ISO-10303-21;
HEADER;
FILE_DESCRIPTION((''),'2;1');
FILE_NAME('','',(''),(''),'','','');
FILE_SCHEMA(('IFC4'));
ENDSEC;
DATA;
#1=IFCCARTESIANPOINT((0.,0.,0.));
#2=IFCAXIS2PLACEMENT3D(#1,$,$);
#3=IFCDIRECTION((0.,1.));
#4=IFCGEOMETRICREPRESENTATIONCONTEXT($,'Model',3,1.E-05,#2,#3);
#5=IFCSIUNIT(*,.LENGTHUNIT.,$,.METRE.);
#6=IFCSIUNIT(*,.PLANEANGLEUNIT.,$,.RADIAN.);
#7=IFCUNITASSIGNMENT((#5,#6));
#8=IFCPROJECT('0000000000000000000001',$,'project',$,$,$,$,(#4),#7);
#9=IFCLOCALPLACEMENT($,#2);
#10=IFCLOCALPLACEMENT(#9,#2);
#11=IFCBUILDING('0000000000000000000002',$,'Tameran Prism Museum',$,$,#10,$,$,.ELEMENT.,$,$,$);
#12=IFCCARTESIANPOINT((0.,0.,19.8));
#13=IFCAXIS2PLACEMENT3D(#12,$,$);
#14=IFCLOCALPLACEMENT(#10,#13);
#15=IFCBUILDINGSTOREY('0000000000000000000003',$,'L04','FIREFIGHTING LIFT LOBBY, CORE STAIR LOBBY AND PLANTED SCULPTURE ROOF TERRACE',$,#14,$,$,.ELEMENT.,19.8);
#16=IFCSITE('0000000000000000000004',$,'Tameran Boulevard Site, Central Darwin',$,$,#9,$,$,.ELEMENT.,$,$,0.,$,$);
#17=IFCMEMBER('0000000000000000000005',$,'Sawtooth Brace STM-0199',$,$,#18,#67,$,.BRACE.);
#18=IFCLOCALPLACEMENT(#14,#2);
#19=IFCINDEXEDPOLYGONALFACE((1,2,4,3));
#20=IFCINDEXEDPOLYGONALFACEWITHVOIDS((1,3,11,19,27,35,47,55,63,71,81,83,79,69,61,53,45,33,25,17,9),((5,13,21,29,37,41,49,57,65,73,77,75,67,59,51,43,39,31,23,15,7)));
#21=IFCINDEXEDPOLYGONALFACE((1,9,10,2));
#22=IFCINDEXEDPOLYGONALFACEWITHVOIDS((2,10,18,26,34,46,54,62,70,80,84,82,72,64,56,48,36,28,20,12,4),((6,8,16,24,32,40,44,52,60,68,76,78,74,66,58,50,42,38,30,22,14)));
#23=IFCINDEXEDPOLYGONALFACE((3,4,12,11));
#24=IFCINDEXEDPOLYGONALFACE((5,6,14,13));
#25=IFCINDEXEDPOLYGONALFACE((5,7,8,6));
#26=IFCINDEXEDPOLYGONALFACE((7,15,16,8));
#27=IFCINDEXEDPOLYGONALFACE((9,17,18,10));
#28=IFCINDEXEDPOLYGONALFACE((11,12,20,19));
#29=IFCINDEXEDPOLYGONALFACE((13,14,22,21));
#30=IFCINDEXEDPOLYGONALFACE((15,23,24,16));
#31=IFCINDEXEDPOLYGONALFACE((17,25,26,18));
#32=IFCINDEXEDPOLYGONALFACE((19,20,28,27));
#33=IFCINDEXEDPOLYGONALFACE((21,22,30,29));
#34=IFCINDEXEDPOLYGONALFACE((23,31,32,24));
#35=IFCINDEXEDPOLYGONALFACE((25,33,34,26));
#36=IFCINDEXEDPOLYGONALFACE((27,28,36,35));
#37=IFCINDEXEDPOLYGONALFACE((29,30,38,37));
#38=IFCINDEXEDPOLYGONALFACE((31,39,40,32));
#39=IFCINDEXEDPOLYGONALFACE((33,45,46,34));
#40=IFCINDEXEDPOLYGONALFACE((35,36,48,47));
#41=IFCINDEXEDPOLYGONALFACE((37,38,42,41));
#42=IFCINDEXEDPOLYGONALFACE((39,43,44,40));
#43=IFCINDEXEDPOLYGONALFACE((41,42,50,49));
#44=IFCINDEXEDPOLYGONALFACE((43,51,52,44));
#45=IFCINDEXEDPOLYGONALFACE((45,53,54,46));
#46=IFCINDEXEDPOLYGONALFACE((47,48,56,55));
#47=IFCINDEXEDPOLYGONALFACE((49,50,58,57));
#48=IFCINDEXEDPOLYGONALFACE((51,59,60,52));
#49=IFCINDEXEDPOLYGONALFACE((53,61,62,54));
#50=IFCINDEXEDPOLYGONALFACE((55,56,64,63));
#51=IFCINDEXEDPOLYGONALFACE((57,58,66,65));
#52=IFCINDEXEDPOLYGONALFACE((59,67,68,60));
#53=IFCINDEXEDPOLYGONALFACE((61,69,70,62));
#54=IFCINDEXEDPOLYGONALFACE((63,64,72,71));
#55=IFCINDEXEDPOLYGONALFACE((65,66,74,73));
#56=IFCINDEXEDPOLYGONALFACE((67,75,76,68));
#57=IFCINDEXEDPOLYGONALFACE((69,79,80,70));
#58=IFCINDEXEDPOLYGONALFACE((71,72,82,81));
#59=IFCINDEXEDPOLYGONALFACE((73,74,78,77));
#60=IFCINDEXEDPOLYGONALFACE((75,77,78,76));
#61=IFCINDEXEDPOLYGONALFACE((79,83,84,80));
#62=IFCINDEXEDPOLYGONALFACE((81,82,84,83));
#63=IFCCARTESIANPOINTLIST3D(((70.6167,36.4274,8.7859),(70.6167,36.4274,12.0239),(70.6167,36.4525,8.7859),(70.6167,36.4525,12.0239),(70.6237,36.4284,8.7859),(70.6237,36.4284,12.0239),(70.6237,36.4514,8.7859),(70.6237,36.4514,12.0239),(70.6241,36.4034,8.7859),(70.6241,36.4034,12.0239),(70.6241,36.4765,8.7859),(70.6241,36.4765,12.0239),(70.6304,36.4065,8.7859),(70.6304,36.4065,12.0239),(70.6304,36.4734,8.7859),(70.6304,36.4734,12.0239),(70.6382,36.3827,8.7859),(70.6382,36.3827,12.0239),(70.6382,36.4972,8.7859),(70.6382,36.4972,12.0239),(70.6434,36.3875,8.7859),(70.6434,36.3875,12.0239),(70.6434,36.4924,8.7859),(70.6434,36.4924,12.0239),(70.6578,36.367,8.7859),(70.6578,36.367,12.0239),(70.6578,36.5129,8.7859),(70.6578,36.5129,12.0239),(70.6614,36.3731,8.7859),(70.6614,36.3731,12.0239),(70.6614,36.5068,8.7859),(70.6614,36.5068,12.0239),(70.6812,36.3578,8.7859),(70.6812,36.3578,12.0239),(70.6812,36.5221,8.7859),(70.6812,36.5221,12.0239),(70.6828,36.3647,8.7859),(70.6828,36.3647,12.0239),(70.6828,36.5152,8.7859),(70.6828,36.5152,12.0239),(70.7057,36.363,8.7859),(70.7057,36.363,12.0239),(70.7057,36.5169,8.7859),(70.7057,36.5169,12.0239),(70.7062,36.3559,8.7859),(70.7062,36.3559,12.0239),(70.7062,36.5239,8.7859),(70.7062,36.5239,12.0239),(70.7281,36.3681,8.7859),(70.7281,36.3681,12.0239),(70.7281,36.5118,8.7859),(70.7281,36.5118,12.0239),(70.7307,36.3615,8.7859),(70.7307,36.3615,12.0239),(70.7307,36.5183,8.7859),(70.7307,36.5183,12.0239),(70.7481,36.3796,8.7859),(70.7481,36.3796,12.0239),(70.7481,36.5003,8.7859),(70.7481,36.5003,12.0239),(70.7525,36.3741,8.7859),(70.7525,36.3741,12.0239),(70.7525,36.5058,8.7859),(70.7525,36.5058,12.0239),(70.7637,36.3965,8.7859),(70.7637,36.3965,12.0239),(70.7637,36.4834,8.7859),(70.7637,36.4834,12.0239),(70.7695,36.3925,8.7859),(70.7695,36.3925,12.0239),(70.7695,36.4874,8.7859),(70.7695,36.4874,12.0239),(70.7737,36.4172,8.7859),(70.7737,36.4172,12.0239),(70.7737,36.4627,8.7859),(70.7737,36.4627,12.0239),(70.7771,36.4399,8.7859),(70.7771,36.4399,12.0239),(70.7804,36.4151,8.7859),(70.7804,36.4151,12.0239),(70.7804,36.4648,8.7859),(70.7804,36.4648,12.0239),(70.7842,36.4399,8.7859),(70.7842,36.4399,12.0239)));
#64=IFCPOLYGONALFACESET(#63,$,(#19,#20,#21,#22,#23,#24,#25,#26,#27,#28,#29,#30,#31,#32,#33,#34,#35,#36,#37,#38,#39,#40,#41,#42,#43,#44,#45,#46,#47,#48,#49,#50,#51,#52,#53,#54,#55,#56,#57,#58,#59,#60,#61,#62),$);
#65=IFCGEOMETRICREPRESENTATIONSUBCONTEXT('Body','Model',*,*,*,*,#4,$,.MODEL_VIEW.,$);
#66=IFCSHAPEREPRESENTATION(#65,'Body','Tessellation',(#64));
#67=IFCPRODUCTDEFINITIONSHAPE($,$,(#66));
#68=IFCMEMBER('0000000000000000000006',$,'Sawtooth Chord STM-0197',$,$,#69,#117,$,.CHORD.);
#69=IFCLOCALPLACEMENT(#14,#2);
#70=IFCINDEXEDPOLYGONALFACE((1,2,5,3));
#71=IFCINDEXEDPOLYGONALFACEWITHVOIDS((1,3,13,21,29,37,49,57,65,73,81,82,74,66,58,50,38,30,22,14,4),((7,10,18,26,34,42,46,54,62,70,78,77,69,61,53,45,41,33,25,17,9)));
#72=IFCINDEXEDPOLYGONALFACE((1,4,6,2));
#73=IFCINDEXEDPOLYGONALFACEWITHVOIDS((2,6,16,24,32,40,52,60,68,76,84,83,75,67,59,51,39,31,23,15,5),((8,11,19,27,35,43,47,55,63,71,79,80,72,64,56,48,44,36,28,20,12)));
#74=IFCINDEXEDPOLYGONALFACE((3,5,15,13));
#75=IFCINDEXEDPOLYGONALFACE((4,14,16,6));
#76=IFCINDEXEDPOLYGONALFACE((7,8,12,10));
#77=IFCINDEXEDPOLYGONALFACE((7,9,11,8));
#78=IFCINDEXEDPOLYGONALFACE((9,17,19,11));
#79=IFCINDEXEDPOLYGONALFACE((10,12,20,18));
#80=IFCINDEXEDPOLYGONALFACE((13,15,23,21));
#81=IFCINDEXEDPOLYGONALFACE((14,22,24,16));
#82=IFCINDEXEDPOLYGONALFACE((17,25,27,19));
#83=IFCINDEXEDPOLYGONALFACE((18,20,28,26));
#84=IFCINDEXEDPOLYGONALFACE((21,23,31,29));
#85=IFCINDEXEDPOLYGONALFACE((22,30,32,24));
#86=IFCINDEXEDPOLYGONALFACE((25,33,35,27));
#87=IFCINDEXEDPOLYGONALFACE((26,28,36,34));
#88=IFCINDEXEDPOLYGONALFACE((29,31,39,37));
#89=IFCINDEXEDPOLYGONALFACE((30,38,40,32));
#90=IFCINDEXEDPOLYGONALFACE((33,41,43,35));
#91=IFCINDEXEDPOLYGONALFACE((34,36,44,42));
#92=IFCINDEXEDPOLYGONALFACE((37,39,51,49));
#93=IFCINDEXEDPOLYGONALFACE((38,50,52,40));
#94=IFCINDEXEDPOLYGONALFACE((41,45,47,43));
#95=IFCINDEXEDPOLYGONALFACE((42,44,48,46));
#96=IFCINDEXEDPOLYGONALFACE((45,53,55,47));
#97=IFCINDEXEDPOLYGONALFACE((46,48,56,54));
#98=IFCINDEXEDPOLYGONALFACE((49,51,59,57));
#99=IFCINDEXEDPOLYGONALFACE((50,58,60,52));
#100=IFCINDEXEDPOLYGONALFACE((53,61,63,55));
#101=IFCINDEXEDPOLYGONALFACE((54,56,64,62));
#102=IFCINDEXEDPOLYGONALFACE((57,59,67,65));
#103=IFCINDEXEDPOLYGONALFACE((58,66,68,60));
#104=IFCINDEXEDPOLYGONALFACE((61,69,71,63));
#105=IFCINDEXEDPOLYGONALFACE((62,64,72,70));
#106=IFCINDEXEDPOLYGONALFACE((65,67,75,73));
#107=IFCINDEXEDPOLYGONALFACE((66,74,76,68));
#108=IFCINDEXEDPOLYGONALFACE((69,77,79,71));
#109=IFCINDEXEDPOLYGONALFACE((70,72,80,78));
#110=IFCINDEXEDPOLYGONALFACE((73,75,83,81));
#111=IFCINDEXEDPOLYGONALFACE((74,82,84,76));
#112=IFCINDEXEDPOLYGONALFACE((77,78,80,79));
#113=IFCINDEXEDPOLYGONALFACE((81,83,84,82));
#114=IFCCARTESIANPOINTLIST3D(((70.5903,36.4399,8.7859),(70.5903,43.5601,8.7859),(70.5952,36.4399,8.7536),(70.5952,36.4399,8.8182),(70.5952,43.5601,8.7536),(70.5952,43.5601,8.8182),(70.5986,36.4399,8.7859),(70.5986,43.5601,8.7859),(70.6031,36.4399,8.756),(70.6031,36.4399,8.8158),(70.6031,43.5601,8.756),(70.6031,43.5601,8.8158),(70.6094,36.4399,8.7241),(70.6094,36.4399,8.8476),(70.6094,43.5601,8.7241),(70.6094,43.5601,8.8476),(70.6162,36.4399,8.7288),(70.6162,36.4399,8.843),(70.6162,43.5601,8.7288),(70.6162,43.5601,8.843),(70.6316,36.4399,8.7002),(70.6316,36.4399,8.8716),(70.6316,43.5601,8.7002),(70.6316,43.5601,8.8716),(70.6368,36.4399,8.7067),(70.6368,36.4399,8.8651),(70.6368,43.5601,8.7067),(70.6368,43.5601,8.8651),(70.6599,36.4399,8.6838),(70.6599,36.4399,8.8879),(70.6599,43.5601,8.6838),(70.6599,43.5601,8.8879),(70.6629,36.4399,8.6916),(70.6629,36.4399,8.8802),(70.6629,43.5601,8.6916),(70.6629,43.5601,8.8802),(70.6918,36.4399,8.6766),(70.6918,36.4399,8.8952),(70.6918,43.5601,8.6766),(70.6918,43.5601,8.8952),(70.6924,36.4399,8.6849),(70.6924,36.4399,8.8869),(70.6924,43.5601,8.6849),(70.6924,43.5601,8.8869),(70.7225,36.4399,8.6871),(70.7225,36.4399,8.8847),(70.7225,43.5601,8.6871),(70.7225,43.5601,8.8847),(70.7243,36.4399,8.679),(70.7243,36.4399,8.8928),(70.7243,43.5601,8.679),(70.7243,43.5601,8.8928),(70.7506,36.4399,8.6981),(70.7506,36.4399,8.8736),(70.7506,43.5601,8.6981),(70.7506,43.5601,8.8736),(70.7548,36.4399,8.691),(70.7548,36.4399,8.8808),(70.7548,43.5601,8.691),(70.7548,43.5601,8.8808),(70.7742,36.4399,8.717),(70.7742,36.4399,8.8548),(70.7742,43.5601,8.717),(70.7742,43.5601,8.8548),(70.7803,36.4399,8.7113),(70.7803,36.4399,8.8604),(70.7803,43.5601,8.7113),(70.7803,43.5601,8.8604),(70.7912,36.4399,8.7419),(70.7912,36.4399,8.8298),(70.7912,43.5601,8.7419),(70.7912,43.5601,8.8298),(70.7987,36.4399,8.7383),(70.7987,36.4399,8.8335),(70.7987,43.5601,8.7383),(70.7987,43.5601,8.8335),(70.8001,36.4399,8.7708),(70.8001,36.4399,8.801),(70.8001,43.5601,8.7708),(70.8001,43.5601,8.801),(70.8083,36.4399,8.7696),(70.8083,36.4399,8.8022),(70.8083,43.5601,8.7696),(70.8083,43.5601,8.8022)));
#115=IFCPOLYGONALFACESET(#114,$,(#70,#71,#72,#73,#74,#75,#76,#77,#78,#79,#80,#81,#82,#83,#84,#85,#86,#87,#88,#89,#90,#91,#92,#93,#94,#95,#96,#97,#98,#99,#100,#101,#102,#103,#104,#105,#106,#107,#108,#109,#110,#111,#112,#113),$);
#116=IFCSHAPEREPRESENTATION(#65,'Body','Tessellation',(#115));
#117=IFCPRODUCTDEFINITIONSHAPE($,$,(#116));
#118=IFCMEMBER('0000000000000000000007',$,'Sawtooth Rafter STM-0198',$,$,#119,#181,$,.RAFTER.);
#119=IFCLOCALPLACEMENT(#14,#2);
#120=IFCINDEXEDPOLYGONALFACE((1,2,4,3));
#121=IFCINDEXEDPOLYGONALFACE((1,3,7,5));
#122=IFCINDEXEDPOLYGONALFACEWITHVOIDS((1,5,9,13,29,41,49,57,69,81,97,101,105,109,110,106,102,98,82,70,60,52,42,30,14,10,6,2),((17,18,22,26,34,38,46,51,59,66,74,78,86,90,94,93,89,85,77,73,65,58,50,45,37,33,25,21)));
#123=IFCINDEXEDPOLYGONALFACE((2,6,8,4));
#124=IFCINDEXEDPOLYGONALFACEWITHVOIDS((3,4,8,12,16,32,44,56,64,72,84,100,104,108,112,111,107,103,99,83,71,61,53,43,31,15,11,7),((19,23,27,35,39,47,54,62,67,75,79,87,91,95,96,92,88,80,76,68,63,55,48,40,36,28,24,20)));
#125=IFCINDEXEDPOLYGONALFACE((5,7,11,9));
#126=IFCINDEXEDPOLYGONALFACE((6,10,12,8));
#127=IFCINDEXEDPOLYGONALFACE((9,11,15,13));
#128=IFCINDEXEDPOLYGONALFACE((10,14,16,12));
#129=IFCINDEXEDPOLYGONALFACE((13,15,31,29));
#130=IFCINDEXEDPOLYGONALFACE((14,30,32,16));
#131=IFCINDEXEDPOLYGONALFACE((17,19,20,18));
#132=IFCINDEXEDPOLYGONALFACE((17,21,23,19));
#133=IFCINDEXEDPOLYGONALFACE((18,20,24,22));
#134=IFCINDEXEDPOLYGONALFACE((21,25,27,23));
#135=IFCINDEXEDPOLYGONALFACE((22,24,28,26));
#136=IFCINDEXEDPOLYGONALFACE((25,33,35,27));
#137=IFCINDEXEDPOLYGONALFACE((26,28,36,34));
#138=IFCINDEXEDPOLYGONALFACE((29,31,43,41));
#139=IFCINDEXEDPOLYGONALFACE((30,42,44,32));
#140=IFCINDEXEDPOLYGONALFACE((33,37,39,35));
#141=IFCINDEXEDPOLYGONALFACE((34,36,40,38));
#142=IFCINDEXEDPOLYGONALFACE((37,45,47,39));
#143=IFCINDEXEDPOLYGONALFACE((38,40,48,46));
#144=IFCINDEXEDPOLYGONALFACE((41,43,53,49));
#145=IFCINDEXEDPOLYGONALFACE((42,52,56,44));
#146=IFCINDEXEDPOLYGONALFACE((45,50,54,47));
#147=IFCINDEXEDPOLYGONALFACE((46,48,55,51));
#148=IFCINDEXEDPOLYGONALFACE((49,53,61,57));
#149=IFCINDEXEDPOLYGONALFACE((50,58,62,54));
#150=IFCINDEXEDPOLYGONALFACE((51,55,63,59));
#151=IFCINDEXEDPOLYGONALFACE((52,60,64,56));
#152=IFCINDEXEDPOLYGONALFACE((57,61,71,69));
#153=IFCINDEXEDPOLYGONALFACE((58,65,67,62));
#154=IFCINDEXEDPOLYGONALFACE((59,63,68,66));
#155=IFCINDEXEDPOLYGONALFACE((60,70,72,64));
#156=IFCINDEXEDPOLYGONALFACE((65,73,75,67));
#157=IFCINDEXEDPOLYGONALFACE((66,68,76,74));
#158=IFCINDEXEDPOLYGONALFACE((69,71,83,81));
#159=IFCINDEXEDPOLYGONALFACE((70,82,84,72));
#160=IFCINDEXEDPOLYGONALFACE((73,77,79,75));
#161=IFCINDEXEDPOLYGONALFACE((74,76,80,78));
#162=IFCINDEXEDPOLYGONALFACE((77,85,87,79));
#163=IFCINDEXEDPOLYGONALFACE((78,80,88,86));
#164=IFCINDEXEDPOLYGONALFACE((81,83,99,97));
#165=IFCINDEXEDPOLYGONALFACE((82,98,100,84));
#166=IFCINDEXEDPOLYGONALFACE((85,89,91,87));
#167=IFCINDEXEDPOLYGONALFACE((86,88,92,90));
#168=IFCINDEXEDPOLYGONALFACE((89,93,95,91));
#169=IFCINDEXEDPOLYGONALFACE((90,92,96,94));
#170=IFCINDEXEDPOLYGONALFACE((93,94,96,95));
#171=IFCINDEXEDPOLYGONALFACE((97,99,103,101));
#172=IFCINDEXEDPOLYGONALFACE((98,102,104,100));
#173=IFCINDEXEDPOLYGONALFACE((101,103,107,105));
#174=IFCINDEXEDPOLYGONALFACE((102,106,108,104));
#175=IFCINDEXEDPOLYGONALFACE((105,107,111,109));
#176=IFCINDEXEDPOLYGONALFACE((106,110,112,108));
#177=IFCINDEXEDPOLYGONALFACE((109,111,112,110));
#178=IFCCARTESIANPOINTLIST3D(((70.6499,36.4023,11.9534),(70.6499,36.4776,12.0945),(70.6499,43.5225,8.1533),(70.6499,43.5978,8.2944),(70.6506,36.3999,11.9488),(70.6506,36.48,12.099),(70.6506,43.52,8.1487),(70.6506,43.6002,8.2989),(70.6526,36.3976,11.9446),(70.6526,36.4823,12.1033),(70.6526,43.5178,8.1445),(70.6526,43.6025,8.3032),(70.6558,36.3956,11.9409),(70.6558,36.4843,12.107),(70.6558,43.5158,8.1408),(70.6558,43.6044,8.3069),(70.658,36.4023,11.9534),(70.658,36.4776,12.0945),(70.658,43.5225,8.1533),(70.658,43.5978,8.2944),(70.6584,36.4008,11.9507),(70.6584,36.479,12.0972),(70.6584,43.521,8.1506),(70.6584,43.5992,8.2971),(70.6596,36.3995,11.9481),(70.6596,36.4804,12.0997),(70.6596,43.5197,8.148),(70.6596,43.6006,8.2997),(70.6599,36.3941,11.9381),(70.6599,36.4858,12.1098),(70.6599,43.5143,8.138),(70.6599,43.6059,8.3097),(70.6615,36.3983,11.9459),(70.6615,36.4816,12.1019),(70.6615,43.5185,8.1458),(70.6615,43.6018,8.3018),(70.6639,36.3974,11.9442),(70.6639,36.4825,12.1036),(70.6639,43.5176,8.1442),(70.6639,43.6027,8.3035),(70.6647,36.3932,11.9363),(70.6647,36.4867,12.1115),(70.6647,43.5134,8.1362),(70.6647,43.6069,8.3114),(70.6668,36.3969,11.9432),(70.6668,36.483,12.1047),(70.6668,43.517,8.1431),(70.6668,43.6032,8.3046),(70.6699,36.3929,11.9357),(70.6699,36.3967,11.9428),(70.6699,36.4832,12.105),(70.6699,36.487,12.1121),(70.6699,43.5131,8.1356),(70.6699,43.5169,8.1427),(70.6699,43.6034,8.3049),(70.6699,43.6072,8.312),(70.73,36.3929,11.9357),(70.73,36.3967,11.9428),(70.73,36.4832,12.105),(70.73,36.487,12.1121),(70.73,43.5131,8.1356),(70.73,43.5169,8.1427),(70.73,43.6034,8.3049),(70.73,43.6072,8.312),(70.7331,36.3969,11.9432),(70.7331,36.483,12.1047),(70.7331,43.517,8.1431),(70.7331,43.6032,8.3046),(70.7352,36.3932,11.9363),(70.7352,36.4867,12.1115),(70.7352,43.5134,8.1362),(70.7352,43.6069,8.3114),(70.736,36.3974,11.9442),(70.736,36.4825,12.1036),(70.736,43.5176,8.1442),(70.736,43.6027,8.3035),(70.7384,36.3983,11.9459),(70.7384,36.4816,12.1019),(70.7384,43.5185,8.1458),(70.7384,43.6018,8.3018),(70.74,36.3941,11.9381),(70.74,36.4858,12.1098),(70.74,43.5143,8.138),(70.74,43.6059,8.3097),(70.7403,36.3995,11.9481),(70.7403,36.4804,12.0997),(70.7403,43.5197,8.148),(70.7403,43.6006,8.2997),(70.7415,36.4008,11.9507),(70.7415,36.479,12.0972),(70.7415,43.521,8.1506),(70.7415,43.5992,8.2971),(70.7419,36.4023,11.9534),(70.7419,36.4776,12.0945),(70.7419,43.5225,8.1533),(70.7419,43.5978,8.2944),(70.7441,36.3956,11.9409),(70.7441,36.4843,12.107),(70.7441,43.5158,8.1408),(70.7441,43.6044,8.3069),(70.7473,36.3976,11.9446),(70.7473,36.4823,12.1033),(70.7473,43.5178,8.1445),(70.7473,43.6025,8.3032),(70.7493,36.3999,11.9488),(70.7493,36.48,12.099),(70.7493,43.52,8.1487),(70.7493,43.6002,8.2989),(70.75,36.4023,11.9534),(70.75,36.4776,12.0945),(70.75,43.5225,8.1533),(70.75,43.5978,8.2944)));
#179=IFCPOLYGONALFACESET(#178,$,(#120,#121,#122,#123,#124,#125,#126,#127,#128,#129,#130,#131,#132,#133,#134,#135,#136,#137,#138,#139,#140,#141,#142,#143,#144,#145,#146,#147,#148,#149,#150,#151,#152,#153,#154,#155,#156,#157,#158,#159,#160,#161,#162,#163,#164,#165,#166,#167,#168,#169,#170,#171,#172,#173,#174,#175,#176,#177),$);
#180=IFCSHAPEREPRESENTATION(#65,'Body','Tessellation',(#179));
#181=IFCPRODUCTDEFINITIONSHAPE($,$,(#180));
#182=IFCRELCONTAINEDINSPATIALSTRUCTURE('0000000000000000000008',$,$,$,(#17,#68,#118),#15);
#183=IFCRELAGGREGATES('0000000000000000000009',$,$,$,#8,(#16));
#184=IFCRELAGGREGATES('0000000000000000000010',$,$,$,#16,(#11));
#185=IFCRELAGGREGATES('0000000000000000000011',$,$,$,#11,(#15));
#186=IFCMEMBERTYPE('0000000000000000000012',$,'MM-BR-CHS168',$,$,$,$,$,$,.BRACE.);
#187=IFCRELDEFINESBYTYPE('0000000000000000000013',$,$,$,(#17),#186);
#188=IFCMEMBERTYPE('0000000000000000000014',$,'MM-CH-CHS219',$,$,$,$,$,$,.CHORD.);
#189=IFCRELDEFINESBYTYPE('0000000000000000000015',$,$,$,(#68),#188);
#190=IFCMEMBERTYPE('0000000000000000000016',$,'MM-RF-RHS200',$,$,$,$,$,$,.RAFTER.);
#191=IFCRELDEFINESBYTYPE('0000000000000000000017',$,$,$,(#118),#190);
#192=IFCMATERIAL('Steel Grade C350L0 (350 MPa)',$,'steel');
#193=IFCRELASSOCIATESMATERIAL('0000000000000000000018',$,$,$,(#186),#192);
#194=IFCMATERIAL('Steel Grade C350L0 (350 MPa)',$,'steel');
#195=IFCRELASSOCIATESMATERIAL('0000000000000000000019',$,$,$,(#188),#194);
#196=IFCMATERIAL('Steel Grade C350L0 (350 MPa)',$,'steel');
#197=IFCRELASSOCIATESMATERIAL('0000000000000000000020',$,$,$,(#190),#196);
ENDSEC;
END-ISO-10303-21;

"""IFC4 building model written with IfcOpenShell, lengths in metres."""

from ifc_helpers import new_model, si_unit, direction, frame, origin, origin_2d, place, context, subcontext, project, spatial, hollow_rectangle, hollow_circle, extrude, material, material_profile, profile_set, type_object, element, save


model = new_model("IFC4")

# Units and contexts
model_context = context("Model", 3, precision=1e-05, world=origin(), true_north=direction((0.0, 1.0)))
body_context = subcontext(model_context, "Body", "Model", "MODEL_VIEW")
ifc_project = project(units=[si_unit("LENGTHUNIT", "METRE"), si_unit("PLANEANGLEUNIT", "RADIAN")], contexts=[model_context])

# Site, building, storey
site_placement = place(None, origin())
site = spatial("IfcSite", under=ifc_project, at=site_placement, Name="Tameran Boulevard Site, Central Darwin", CompositionType="ELEMENT", RefElevation=0.0)
building_placement = place(site_placement, origin())
building = spatial("IfcBuilding", under=site, at=building_placement, Name="Tameran Prism Museum", CompositionType="ELEMENT")
storey_placement = place(building_placement, frame((0.0, 0.0, 19.8)))
storey = spatial("IfcBuildingStorey", under=building, at=storey_placement, Name="L04", Description="FIREFIGHTING LIFT LOBBY, CORE STAIR LOBBY AND PLANTED SCULPTURE ROOF TERRACE", CompositionType="ELEMENT", Elevation=19.8)

# Members
ifc_material_1 = material(Name="Steel Grade C350L0 (350 MPa)", Category="steel")
ifc_material_profile_1 = material_profile(ifc_material_1, hollow_circle(Radius=0.0842, WallThickness=0.0071, at=origin_2d()))
ifc_profile_set_1 = profile_set([ifc_material_profile_1])
member_type_1 = type_object("IfcMemberType", Name="MM-BR-CHS168", PredefinedType="BRACE", material=ifc_profile_set_1)
member_1_placement = place(storey_placement, frame((70.7, 36.4399, 8.7859), z_axis=(0.0, 0.0, 1.0), x_axis=(1.0, 0.0, 0.0)))
element("IfcMember", 1, at=member_1_placement, inside=storey, type_object=member_type_1, Name="Sawtooth Brace STM-0199", PredefinedType="BRACE", context=body_context, shape_type="SweptSolid", body=[
    extrude(hollow_circle(Radius=0.0842, WallThickness=0.0071, at=origin_2d()), origin(), (0.0, 0.0, 1.0), 3.238),
])
ifc_material_2 = material(Name="Steel Grade C350L0 (350 MPa)", Category="steel")
ifc_material_profile_2 = material_profile(ifc_material_2, hollow_circle(Radius=0.1096, WallThickness=0.0083, at=origin_2d()))
ifc_profile_set_2 = profile_set([ifc_material_profile_2])
member_type_2 = type_object("IfcMemberType", Name="MM-CH-CHS219", PredefinedType="CHORD", material=ifc_profile_set_2)
member_2_placement = place(storey_placement, frame((70.7, 36.4399, 8.7859), z_axis=(0.0, 1.0, 0.0), x_axis=(-1.0, 0.0, 0.0)))
element("IfcMember", 2, at=member_2_placement, inside=storey, type_object=member_type_2, Name="Sawtooth Chord STM-0197", PredefinedType="CHORD", context=body_context, shape_type="SweptSolid", body=[
    extrude(hollow_circle(Radius=0.1096, WallThickness=0.0083, at=origin_2d()), origin(), (0.0, 0.0, 1.0), 7.1201),
])
ifc_material_3 = material(Name="Steel Grade C350L0 (350 MPa)", Category="steel")
ifc_material_profile_3 = material_profile(ifc_material_3, hollow_rectangle(XDim=0.1001, YDim=0.2, WallThickness=0.0081, InnerFilletRadius=0.012, OuterFilletRadius=0.02, at=origin_2d()))
ifc_profile_set_3 = profile_set([ifc_material_profile_3])
member_type_3 = type_object("IfcMemberType", Name="MM-RF-RHS200", PredefinedType="RAFTER", material=ifc_profile_set_3)
member_3_placement = place(storey_placement, frame((70.7, 36.4399, 12.0239), z_axis=(0.0, 0.882216, -0.470844), x_axis=(-1.0, 0.0, 0.0)))
element("IfcMember", 3, at=member_3_placement, inside=storey, type_object=member_type_3, Name="Sawtooth Rafter STM-0198", PredefinedType="RAFTER", context=body_context, shape_type="SweptSolid", body=[
    extrude(hollow_rectangle(XDim=0.1001, YDim=0.2, WallThickness=0.0081, InnerFilletRadius=0.012, OuterFilletRadius=0.02, at=origin_2d()), origin(), (0.0, 0.0, 1.0), 8.0708),
])

save(model, "model.ifc")
